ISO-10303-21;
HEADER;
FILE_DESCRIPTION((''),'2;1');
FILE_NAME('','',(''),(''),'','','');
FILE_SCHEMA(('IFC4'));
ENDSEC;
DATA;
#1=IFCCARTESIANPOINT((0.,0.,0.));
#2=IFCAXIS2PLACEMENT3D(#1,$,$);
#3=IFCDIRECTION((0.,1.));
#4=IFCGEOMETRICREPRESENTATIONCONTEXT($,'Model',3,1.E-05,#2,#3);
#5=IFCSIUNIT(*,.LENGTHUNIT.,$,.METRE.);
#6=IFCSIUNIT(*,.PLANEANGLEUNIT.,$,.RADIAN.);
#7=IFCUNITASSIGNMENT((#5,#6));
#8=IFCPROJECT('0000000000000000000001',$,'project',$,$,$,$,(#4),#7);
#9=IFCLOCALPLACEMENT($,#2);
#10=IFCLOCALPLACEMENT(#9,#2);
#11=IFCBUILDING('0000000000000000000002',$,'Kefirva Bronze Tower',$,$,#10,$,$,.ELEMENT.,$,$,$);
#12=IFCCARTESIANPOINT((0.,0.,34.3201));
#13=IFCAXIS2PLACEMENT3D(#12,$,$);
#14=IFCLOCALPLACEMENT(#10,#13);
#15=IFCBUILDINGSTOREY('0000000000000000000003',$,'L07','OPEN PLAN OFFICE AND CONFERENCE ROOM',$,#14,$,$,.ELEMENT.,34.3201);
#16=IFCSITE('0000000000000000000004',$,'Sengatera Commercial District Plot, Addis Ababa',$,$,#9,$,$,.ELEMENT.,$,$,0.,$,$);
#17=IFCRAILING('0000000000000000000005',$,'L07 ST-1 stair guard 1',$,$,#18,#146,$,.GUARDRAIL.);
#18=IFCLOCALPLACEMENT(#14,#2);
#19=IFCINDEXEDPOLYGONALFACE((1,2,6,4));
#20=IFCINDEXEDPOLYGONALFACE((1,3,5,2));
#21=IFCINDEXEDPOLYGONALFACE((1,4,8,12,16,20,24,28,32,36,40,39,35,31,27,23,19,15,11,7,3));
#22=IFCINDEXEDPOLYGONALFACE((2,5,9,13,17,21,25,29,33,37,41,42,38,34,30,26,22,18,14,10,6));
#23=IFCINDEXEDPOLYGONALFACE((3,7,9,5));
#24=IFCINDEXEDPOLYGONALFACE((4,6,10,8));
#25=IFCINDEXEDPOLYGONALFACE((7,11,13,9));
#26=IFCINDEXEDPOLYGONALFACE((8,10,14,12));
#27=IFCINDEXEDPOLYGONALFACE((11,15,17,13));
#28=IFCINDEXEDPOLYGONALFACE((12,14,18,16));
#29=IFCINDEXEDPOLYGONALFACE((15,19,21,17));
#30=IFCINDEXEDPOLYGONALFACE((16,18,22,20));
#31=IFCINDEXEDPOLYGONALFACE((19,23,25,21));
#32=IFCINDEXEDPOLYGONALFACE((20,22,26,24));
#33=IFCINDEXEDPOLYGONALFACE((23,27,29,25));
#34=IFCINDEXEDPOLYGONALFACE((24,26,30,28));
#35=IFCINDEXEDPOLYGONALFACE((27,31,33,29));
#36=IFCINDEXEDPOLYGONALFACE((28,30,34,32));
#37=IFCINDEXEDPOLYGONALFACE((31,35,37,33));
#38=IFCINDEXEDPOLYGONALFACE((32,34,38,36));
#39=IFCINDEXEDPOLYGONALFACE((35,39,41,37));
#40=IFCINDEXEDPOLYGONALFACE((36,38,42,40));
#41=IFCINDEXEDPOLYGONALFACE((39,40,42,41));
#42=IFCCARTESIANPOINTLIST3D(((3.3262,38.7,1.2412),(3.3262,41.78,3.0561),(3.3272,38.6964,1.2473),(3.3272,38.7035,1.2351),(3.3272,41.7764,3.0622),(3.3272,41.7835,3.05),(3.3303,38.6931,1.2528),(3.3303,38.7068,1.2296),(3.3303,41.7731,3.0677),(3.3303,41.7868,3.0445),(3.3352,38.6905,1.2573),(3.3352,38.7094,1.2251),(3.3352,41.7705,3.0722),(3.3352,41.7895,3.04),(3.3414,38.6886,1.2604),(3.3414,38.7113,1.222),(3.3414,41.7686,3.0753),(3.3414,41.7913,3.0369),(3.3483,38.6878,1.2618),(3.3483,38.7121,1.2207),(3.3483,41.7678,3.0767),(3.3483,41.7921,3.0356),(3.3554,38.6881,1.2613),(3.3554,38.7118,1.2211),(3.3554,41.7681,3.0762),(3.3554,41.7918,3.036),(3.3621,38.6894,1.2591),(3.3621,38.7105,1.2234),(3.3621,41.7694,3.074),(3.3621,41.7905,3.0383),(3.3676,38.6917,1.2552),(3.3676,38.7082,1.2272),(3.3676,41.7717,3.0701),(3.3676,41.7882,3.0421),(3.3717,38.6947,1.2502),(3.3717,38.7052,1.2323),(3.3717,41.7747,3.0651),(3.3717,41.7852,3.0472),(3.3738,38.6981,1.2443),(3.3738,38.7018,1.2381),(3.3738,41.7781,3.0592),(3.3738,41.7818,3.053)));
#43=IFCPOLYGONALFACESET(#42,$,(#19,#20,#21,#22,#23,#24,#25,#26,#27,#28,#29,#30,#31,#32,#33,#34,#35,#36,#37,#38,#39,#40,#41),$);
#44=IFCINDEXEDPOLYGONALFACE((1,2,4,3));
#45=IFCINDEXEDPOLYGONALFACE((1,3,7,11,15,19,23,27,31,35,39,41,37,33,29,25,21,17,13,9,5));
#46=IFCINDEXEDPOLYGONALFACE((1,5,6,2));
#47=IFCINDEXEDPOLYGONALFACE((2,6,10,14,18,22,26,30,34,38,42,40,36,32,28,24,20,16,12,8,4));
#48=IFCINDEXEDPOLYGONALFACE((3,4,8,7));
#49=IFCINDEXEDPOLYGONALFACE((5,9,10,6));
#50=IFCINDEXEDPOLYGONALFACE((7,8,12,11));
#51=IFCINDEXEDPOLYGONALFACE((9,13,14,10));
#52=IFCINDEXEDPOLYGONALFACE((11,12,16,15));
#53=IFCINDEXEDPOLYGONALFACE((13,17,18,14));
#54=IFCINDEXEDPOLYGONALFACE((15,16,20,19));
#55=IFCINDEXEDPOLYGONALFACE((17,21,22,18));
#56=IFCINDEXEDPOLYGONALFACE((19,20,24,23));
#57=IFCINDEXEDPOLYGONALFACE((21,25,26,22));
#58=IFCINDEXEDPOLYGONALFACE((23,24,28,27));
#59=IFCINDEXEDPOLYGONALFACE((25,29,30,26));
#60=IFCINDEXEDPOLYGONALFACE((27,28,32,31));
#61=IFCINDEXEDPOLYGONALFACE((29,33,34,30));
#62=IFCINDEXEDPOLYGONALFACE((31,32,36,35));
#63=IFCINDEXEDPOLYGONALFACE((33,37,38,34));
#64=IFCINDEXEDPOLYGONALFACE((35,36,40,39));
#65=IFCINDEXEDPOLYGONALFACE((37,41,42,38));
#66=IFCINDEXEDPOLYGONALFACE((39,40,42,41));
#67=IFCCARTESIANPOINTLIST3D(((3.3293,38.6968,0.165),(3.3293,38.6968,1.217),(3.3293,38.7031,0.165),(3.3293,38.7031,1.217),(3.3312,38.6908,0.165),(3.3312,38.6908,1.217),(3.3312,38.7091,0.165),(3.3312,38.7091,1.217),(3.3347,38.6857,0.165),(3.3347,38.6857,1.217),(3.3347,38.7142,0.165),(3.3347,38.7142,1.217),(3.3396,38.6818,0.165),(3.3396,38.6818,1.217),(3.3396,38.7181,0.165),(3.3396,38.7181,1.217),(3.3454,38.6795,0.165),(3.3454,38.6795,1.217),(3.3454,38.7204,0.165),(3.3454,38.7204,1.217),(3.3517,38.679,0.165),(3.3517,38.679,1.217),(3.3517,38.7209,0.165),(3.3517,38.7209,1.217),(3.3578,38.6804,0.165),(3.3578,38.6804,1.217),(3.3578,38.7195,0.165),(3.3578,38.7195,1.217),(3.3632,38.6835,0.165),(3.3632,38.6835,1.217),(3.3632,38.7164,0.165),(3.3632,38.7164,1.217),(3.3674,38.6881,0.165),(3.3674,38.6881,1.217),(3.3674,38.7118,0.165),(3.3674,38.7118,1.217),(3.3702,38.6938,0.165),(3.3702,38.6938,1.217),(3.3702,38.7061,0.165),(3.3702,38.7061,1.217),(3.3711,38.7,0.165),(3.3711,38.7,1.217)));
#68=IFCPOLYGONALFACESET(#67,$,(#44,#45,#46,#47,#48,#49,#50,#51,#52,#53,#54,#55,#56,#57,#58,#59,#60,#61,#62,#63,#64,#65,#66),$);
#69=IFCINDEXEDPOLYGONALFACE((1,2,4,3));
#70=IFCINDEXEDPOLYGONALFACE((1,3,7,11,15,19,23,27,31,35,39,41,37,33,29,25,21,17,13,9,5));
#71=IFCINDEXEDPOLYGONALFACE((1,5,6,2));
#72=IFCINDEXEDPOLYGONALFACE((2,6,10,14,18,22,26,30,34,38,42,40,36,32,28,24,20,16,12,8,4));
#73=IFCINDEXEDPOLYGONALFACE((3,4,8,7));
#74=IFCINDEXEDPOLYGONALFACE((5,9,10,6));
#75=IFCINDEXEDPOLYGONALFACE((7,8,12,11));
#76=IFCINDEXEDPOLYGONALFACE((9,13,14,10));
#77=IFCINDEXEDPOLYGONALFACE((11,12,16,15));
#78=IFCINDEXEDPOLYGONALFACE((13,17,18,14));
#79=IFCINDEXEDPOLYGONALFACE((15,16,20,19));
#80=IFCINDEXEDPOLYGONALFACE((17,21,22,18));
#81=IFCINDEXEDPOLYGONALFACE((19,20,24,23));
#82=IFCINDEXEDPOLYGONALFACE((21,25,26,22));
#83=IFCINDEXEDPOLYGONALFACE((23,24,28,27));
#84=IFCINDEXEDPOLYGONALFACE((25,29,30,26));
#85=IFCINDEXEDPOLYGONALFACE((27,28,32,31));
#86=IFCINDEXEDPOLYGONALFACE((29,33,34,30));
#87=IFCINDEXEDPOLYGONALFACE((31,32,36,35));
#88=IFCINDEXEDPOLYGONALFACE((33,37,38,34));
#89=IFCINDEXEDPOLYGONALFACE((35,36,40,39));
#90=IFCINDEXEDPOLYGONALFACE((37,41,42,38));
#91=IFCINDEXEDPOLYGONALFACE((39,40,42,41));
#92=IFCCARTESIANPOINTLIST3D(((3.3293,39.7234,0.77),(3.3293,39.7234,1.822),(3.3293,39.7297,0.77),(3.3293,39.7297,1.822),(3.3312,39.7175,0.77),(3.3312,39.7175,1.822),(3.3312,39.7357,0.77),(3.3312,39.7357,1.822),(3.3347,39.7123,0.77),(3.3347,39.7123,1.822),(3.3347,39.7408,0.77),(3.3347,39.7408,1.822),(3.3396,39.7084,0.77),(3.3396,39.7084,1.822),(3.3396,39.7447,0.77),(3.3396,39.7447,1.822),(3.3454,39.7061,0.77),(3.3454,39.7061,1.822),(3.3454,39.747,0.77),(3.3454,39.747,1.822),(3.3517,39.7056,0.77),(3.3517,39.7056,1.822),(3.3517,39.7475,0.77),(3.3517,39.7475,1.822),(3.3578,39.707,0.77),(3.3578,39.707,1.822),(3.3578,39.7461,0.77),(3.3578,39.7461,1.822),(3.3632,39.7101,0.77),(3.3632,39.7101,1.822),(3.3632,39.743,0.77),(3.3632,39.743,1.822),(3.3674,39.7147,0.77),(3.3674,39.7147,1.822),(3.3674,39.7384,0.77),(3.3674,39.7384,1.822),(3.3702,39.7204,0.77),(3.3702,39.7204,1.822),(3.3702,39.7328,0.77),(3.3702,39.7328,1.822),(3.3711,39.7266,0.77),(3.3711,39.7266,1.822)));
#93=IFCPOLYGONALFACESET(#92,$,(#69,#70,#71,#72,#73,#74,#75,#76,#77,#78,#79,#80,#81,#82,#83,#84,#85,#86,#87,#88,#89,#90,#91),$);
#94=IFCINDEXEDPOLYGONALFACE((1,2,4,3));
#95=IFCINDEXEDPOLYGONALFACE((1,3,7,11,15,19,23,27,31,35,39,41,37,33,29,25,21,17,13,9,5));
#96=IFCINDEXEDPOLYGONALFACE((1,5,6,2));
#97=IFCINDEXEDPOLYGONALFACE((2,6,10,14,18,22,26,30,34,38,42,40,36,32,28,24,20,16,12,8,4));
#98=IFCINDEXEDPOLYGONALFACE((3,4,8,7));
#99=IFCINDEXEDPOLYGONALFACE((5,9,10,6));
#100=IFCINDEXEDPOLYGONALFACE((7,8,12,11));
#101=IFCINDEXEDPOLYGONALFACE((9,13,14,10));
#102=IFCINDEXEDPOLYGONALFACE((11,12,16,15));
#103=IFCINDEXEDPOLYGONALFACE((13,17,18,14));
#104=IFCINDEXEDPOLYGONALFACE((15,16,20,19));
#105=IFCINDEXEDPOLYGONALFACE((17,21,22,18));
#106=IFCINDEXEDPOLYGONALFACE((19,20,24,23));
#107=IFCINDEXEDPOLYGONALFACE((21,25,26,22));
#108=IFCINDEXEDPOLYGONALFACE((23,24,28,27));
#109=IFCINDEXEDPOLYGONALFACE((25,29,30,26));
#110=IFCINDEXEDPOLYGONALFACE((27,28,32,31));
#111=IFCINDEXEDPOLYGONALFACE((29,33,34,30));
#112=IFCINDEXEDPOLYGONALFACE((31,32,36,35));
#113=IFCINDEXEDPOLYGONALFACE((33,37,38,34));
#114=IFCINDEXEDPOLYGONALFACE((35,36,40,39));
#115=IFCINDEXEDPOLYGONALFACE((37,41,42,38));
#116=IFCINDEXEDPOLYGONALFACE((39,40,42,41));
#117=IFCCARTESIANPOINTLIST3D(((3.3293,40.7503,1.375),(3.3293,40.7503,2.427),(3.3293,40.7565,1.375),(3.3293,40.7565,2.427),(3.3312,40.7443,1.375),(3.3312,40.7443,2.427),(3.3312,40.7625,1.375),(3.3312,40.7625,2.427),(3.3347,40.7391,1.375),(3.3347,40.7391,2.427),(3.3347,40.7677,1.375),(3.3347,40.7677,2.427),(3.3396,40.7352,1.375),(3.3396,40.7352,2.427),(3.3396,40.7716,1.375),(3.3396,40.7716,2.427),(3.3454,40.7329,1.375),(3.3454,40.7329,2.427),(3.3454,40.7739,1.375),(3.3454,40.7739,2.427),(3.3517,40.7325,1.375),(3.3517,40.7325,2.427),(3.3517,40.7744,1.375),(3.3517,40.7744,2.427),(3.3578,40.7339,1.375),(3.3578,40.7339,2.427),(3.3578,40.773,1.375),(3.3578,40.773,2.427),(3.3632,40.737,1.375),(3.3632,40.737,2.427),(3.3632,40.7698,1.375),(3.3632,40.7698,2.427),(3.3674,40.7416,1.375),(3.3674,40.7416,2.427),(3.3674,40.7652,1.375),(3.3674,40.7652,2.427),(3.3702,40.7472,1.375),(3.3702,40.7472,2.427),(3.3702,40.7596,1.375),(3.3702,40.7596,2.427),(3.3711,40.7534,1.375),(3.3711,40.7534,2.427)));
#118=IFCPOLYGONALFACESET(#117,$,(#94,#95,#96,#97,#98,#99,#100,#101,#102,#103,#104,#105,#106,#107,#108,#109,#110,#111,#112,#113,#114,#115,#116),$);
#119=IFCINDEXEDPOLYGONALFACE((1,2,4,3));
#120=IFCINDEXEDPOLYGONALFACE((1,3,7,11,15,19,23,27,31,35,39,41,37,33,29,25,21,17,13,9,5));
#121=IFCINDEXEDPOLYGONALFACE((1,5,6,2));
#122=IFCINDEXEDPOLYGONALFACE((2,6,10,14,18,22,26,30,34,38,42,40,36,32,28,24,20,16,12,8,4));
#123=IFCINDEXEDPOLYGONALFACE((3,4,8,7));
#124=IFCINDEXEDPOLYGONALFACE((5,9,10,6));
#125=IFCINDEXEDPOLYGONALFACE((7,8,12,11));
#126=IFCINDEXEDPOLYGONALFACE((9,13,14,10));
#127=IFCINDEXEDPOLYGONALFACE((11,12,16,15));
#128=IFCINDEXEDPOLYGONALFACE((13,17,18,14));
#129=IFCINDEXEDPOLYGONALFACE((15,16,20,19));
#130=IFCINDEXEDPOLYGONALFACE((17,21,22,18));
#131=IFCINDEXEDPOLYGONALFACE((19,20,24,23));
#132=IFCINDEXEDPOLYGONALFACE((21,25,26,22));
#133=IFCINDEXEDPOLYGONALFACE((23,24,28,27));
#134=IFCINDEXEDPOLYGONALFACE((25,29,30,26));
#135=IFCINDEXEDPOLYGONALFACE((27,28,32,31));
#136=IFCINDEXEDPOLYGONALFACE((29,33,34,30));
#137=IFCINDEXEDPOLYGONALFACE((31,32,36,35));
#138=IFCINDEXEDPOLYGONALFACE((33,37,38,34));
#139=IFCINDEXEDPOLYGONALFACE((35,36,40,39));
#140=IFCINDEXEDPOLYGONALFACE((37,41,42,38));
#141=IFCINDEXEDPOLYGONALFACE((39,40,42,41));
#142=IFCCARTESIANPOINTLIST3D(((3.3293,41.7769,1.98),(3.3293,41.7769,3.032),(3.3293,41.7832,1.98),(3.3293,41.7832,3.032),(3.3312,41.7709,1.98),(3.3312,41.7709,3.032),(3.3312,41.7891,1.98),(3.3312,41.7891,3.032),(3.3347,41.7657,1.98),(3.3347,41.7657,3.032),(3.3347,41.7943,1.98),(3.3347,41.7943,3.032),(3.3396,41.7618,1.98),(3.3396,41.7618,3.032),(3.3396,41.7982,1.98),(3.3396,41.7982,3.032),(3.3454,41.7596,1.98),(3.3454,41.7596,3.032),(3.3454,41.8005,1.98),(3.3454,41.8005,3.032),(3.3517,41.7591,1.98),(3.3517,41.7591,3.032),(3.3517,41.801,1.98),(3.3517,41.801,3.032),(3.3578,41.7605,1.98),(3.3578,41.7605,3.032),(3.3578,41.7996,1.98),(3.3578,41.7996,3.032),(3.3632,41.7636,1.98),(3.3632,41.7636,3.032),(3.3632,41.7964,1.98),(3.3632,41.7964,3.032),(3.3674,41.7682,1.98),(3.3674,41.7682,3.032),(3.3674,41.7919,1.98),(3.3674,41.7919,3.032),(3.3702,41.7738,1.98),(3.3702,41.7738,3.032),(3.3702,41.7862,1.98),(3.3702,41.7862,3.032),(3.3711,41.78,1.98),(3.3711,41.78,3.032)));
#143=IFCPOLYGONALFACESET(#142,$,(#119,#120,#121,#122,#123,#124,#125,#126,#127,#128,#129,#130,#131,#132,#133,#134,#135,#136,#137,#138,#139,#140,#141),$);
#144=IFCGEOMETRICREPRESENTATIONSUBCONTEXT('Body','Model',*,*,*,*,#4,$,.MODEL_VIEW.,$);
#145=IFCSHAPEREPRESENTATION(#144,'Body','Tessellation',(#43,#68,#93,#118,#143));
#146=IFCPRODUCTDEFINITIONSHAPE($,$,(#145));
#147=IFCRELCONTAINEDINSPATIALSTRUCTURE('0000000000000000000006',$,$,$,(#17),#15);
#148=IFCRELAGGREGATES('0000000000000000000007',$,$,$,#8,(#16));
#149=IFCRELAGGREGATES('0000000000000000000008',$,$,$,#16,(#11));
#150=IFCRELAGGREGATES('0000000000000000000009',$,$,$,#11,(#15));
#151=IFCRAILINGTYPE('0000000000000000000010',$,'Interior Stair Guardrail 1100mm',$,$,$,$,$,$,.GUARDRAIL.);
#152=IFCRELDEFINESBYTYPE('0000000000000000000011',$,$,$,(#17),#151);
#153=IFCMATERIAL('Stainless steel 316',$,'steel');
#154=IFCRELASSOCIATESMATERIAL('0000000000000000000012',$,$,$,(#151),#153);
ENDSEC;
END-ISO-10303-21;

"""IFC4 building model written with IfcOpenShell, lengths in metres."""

from ifc_helpers import new_model, si_unit, direction, frame, origin, origin_2d, place, context, subcontext, project, spatial, circle, extrude, material, type_object, element, save


model = new_model("IFC4")

# Units and contexts
model_context = context("Model", 3, precision=1e-05, world=origin(), true_north=direction((0.0, 1.0)))
body_context = subcontext(model_context, "Body", "Model", "MODEL_VIEW")
ifc_project = project(units=[si_unit("LENGTHUNIT", "METRE"), si_unit("PLANEANGLEUNIT", "RADIAN")], contexts=[model_context])

# Site, building, storey
site_placement = place(None, origin())
site = spatial("IfcSite", under=ifc_project, at=site_placement, Name="Sengatera Commercial District Plot, Addis Ababa", CompositionType="ELEMENT", RefElevation=0.0)
building_placement = place(site_placement, origin())
building = spatial("IfcBuilding", under=site, at=building_placement, Name="Kefirva Bronze Tower", CompositionType="ELEMENT")
storey_placement = place(building_placement, frame((0.0, 0.0, 34.3201)))
storey = spatial("IfcBuildingStorey", under=building, at=storey_placement, Name="L07", Description="OPEN PLAN OFFICE AND CONFERENCE ROOM", CompositionType="ELEMENT", Elevation=34.3201)

# Railing
ifc_material_1 = material(Name="Stainless steel 316", Category="steel")
railing_type_1 = type_object("IfcRailingType", Name="Interior Stair Guardrail 1100mm", PredefinedType="GUARDRAIL", material=ifc_material_1)
railing_1_placement = place(storey_placement, frame((3.3501, 38.7, 0.165)))
element("IfcRailing", 1, at=railing_1_placement, inside=storey, type_object=railing_type_1, Name="L07 ST-1 stair guard 1", PredefinedType="GUARDRAIL", context=body_context, shape_type="SweptSolid", body=[
    extrude(circle(Radius=0.0239, at=origin_2d()), frame((0.0, 0.0, 1.0762), z_axis=(0.0, 0.861551, 0.507671), x_axis=(-1.0, 0.0, 0.0)), (0.0, 0.0, 1.0), 3.575),
    extrude(circle(Radius=0.021, at=origin_2d()), origin(), (0.0, 0.0, 1.0), 1.052),
    extrude(circle(Radius=0.021, at=origin_2d()), frame((0.0, 1.0266, 0.605)), (0.0, 0.0, 1.0), 1.052),
    extrude(circle(Radius=0.021, at=origin_2d()), frame((0.0, 2.0535, 1.21)), (0.0, 0.0, 1.0), 1.052),
    extrude(circle(Radius=0.021, at=origin_2d()), frame((0.0, 3.0801, 1.8149)), (0.0, 0.0, 1.0), 1.052),
])

save(model, "model.ifc")
